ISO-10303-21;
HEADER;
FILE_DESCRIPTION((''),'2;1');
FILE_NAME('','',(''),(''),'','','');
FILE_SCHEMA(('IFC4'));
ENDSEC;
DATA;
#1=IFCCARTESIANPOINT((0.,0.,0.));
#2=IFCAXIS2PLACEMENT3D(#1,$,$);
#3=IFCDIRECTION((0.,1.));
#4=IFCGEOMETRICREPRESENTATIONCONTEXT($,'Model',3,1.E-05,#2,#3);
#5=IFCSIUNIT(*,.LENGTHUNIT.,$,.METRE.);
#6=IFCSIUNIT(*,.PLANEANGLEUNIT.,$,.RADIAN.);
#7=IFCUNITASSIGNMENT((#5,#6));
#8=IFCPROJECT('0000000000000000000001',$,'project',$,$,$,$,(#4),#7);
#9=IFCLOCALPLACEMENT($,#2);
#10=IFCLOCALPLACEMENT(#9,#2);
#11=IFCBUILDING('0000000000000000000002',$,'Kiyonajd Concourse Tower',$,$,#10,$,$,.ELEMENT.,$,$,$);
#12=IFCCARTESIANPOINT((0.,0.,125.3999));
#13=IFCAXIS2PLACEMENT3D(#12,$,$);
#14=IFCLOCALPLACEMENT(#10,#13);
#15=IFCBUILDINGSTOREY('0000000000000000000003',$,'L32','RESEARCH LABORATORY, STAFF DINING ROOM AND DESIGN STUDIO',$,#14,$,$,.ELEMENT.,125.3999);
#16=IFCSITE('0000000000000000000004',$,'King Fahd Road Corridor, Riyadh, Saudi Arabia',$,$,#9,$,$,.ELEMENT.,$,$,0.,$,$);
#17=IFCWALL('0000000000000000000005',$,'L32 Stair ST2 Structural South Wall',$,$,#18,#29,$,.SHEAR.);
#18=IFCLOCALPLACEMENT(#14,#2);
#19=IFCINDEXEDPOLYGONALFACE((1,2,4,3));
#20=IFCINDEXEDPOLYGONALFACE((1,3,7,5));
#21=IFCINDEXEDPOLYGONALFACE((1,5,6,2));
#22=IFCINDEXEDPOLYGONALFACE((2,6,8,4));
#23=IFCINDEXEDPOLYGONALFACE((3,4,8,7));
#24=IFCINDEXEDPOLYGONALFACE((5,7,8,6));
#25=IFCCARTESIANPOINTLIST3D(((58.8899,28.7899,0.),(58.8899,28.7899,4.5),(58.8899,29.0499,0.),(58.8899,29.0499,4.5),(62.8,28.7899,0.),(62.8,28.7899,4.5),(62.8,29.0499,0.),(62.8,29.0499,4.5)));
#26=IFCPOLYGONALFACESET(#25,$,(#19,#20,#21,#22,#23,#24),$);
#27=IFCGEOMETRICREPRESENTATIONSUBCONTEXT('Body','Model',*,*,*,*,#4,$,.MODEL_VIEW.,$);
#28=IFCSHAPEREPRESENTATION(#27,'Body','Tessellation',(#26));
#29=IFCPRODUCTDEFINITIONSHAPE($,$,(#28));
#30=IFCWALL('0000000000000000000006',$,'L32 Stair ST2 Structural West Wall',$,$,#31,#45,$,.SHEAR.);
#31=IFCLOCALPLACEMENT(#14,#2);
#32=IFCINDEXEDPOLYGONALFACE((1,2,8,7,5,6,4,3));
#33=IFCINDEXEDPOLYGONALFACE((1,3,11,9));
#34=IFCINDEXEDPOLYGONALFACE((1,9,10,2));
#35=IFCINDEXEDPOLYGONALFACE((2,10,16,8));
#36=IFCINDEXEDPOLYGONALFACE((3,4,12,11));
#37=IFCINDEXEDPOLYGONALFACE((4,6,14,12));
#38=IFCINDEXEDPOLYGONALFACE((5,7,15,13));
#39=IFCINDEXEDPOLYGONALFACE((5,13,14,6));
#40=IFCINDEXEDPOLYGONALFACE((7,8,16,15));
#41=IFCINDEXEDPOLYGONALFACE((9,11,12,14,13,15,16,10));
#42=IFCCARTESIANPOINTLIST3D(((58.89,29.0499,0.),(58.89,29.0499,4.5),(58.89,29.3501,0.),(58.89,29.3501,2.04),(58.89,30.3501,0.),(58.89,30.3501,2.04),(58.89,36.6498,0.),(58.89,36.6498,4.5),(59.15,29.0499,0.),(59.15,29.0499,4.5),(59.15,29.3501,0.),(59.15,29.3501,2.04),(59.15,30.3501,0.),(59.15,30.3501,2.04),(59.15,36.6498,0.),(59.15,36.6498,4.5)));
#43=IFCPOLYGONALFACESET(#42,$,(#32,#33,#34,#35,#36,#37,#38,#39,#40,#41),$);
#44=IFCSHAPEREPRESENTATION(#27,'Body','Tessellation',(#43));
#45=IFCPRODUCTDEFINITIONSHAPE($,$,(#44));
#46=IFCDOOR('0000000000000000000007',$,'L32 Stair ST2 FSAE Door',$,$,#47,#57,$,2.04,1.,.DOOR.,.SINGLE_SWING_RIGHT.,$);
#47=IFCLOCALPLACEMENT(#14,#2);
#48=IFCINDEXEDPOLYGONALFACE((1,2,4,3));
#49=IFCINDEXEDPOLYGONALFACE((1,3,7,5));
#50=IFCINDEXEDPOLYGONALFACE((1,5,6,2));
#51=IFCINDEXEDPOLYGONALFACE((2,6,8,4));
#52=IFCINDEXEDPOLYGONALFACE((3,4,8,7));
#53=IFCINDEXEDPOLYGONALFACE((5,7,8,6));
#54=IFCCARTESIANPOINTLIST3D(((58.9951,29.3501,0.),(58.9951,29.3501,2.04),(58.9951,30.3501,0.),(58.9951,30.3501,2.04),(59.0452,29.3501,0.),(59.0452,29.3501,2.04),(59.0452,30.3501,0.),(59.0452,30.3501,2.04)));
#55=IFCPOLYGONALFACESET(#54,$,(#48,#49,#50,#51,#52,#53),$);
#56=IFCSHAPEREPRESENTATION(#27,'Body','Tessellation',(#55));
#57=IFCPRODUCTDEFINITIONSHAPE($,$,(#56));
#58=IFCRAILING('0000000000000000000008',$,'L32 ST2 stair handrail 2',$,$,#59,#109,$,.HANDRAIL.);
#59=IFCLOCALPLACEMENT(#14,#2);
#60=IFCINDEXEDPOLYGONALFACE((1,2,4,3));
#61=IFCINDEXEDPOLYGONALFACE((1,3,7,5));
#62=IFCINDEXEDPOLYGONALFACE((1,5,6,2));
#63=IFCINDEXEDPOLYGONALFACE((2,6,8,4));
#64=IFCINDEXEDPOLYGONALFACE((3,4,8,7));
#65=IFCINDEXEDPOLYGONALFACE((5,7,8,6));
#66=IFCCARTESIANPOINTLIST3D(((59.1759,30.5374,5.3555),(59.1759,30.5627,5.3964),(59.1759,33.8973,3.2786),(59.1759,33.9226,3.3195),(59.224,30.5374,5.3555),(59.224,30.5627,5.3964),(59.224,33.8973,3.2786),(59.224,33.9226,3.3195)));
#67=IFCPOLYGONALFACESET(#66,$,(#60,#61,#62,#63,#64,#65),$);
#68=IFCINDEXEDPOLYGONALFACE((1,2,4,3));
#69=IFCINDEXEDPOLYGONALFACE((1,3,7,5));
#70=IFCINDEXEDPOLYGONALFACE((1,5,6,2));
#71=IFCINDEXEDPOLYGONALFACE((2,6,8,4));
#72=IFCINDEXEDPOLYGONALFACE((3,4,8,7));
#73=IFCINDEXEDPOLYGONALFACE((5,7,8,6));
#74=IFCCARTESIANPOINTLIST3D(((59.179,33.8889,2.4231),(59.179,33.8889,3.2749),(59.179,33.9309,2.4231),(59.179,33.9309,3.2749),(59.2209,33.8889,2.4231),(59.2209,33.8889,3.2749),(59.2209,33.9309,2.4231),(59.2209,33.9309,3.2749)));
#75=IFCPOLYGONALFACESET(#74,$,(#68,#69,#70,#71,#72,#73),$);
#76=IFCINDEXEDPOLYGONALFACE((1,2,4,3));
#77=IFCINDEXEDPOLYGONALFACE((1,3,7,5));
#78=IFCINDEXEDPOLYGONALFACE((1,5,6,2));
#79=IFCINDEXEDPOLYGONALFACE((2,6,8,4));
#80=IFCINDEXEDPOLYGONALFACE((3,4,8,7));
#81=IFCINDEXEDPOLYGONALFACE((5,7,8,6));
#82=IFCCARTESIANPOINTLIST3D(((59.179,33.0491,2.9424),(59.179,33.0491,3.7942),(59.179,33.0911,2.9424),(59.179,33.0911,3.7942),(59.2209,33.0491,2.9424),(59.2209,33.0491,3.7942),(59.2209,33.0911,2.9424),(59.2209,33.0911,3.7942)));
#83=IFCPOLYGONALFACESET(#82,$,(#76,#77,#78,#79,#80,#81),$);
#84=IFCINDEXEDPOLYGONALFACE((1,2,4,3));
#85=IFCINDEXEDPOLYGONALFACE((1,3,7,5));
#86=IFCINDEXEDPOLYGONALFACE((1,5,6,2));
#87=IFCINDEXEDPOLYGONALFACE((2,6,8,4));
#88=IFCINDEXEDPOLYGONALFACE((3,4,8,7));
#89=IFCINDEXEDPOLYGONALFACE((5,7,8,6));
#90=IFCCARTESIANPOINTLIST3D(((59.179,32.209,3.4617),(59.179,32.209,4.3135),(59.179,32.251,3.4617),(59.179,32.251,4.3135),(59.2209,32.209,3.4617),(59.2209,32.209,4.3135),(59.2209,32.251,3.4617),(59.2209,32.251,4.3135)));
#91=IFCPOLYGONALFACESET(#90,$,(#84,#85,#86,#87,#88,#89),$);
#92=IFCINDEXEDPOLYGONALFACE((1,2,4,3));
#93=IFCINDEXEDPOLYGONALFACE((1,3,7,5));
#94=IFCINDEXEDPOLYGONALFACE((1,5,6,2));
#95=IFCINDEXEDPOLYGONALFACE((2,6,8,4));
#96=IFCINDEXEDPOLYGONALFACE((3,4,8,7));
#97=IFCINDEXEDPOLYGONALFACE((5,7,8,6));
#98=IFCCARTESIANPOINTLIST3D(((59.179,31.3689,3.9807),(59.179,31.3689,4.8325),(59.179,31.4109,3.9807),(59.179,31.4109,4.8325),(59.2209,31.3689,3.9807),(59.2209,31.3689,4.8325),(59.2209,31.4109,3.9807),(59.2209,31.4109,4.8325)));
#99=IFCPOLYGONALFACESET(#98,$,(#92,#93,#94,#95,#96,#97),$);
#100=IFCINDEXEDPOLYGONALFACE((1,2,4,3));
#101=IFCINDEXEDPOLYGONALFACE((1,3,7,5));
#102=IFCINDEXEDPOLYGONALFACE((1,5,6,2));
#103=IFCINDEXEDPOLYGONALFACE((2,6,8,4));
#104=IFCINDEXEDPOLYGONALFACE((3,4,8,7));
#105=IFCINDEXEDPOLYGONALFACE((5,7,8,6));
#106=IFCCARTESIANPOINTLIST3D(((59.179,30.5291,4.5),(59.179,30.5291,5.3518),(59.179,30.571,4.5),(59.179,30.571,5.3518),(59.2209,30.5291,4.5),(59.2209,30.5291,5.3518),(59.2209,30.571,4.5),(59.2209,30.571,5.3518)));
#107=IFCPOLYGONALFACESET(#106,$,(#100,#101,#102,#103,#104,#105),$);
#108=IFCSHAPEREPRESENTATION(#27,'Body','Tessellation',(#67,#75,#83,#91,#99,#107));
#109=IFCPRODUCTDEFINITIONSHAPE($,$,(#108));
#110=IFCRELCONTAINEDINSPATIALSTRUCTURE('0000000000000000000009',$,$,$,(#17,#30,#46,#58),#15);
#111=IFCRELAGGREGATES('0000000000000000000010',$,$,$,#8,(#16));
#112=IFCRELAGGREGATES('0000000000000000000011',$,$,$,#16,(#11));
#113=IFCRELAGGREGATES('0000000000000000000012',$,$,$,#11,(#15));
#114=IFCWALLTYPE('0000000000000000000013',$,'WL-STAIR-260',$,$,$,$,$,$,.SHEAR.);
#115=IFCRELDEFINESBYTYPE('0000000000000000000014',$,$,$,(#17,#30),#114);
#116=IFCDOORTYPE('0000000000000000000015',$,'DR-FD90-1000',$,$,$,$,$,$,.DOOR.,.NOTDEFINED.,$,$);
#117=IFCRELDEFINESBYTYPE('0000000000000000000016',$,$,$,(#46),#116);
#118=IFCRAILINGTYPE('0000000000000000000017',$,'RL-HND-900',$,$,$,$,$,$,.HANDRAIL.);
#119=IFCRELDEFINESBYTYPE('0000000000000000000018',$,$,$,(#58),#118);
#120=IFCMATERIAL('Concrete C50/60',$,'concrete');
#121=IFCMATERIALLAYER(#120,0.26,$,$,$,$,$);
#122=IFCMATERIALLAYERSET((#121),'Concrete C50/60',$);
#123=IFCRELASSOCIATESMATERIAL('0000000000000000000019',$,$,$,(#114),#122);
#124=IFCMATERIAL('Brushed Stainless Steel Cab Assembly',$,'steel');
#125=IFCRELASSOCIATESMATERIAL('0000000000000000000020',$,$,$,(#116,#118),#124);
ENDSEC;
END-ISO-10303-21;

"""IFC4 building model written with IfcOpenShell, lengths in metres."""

from ifc_helpers import new_model, si_unit, direction, frame, frame_2d, origin, origin_2d, place, context, subcontext, project, spatial, rectangle, extrude, material, layer, layer_set, type_object, element, fill, save


model = new_model("IFC4")

# Units and contexts
model_context = context("Model", 3, precision=1e-05, world=origin(), true_north=direction((0.0, 1.0)))
body_context = subcontext(model_context, "Body", "Model", "MODEL_VIEW")
ifc_project = project(units=[si_unit("LENGTHUNIT", "METRE"), si_unit("PLANEANGLEUNIT", "RADIAN")], contexts=[model_context])

# Site, building, storey
site_placement = place(None, origin())
site = spatial("IfcSite", under=ifc_project, at=site_placement, Name="King Fahd Road Corridor, Riyadh, Saudi Arabia", CompositionType="ELEMENT", RefElevation=0.0)
building_placement = place(site_placement, origin())
building = spatial("IfcBuilding", under=site, at=building_placement, Name="Kiyonajd Concourse Tower", CompositionType="ELEMENT")
storey_placement = place(building_placement, frame((0.0, 0.0, 125.3999)))
storey = spatial("IfcBuildingStorey", under=building, at=storey_placement, Name="L32", Description="RESEARCH LABORATORY, STAFF DINING ROOM AND DESIGN STUDIO", CompositionType="ELEMENT", Elevation=125.3999)

# Shared definitions
ifc_material_1 = material(Name="Concrete C50/60", Category="concrete")

# Shared definitions
ifc_material_2 = material(Name="Brushed Stainless Steel Cab Assembly", Category="steel")

# Wall
ifc_layer_1 = layer(ifc_material_1, 0.26)
ifc_layer_set_1 = layer_set([ifc_layer_1], Name="Concrete C50/60")
wall_type_1 = type_object("IfcWallType", Name="WL-STAIR-260", PredefinedType="SHEAR", material=ifc_layer_set_1)
wall_1_placement = place(storey_placement, frame((58.8899, 28.9199, 0.0), z_axis=(0.0, 0.0, 1.0), x_axis=(1.0, 0.0, 0.0)))
element("IfcWall", 1, at=wall_1_placement, inside=storey, type_object=wall_type_1, Name="L32 Stair ST2 Structural South Wall", PredefinedType="SHEAR", context=body_context, shape_type="SweptSolid", body=[
    extrude(rectangle(XDim=3.9102, YDim=0.26, at=frame_2d((1.9551, 0.0))), origin(), (0.0, 0.0, 1.0), 4.5),
])

# Wall, opening, door
wall_2_placement = place(storey_placement, frame((59.02, 29.05, 0.0), z_axis=(0.0, 0.0, 1.0), x_axis=(0.0, 1.0, 0.0)))
wall_2 = element("IfcWall", 2, at=wall_2_placement, inside=storey, type_object=wall_type_1, Name="L32 Stair ST2 Structural West Wall", PredefinedType="SHEAR", context=body_context, shape_type="SweptSolid", body=[
    extrude(rectangle(XDim=7.5999, YDim=0.26, at=frame_2d((3.7998, 0.0))), origin(), (0.0, 0.0, 1.0), 4.5),
])
opening_1_placement = place(wall_2_placement, frame((0.3, 0.0, 0.0)))
opening_1 = element("IfcOpeningElement", 3, at=opening_1_placement, cuts=wall_2, PredefinedType="OPENING", context=body_context, shape_type="SweptSolid", body=[
    extrude(rectangle(XDim=1.0, YDim=2.04, at=frame_2d((0.5, 1.02))), frame((0.0, 0.1399, 0.0), z_axis=(0.0, -1.0, 0.0), x_axis=(1.0, 0.0, 0.0)), (0.0, 0.0, 1.0), 0.28),
])
door_type_1 = type_object("IfcDoorType", Name="DR-FD90-1000", OperationType="NOTDEFINED", PredefinedType="DOOR", material=ifc_material_2)
door_1_placement = place(opening_1_placement, origin())
door_1 = element("IfcDoor", 4, at=door_1_placement, inside=storey, type_object=door_type_1, Name="L32 Stair ST2 FSAE Door", OperationType="SINGLE_SWING_RIGHT", OverallHeight=2.04, OverallWidth=1.0, PredefinedType="DOOR", context=body_context, shape_type="SweptSolid", body=[
    extrude(rectangle(XDim=1.0, YDim=2.04, at=frame_2d((0.5, 1.02))), frame((0.0, 0.0249, 0.0), z_axis=(0.0, -1.0, 0.0), x_axis=(1.0, 0.0, 0.0)), (0.0, 0.0, 1.0), 0.05),
])
fill(opening_1, door_1)

# Railing
railing_type = type_object("IfcRailingType", Name="RL-HND-900", PredefinedType="HANDRAIL", material=ifc_material_2)
railing_placement = place(storey_placement, frame((59.2, 33.9099, 2.4231)))
element("IfcRailing", 5, at=railing_placement, inside=storey, type_object=railing_type, Name="L32 ST2 stair handrail 2", PredefinedType="HANDRAIL", context=body_context, shape_type="SweptSolid", body=[
    extrude(rectangle(XDim=0.0481, YDim=0.0481, at=origin_2d()), frame((0.0, 0.0, 0.876), z_axis=(0.0, -0.850606, 0.525803), x_axis=(1.0, 0.0, 0.0)), (0.0, 0.0, 1.0), 3.95),
    extrude(rectangle(XDim=0.042, YDim=0.042, at=origin_2d()), origin(), (0.0, 0.0, 1.0), 0.8518),
    extrude(rectangle(XDim=0.042, YDim=0.042, at=origin_2d()), frame((0.0, -0.8398, 0.5193)), (0.0, 0.0, 1.0), 0.8518),
    extrude(rectangle(XDim=0.042, YDim=0.042, at=origin_2d()), frame((0.0, -1.6799, 1.0386)), (0.0, 0.0, 1.0), 0.8518),
    extrude(rectangle(XDim=0.042, YDim=0.042, at=origin_2d()), frame((0.0, -2.52, 1.5576)), (0.0, 0.0, 1.0), 0.8518),
    extrude(rectangle(XDim=0.042, YDim=0.042, at=origin_2d()), frame((0.0, -3.3599, 2.0769)), (0.0, 0.0, 1.0), 0.8518),
])

save(model, "model.ifc")
